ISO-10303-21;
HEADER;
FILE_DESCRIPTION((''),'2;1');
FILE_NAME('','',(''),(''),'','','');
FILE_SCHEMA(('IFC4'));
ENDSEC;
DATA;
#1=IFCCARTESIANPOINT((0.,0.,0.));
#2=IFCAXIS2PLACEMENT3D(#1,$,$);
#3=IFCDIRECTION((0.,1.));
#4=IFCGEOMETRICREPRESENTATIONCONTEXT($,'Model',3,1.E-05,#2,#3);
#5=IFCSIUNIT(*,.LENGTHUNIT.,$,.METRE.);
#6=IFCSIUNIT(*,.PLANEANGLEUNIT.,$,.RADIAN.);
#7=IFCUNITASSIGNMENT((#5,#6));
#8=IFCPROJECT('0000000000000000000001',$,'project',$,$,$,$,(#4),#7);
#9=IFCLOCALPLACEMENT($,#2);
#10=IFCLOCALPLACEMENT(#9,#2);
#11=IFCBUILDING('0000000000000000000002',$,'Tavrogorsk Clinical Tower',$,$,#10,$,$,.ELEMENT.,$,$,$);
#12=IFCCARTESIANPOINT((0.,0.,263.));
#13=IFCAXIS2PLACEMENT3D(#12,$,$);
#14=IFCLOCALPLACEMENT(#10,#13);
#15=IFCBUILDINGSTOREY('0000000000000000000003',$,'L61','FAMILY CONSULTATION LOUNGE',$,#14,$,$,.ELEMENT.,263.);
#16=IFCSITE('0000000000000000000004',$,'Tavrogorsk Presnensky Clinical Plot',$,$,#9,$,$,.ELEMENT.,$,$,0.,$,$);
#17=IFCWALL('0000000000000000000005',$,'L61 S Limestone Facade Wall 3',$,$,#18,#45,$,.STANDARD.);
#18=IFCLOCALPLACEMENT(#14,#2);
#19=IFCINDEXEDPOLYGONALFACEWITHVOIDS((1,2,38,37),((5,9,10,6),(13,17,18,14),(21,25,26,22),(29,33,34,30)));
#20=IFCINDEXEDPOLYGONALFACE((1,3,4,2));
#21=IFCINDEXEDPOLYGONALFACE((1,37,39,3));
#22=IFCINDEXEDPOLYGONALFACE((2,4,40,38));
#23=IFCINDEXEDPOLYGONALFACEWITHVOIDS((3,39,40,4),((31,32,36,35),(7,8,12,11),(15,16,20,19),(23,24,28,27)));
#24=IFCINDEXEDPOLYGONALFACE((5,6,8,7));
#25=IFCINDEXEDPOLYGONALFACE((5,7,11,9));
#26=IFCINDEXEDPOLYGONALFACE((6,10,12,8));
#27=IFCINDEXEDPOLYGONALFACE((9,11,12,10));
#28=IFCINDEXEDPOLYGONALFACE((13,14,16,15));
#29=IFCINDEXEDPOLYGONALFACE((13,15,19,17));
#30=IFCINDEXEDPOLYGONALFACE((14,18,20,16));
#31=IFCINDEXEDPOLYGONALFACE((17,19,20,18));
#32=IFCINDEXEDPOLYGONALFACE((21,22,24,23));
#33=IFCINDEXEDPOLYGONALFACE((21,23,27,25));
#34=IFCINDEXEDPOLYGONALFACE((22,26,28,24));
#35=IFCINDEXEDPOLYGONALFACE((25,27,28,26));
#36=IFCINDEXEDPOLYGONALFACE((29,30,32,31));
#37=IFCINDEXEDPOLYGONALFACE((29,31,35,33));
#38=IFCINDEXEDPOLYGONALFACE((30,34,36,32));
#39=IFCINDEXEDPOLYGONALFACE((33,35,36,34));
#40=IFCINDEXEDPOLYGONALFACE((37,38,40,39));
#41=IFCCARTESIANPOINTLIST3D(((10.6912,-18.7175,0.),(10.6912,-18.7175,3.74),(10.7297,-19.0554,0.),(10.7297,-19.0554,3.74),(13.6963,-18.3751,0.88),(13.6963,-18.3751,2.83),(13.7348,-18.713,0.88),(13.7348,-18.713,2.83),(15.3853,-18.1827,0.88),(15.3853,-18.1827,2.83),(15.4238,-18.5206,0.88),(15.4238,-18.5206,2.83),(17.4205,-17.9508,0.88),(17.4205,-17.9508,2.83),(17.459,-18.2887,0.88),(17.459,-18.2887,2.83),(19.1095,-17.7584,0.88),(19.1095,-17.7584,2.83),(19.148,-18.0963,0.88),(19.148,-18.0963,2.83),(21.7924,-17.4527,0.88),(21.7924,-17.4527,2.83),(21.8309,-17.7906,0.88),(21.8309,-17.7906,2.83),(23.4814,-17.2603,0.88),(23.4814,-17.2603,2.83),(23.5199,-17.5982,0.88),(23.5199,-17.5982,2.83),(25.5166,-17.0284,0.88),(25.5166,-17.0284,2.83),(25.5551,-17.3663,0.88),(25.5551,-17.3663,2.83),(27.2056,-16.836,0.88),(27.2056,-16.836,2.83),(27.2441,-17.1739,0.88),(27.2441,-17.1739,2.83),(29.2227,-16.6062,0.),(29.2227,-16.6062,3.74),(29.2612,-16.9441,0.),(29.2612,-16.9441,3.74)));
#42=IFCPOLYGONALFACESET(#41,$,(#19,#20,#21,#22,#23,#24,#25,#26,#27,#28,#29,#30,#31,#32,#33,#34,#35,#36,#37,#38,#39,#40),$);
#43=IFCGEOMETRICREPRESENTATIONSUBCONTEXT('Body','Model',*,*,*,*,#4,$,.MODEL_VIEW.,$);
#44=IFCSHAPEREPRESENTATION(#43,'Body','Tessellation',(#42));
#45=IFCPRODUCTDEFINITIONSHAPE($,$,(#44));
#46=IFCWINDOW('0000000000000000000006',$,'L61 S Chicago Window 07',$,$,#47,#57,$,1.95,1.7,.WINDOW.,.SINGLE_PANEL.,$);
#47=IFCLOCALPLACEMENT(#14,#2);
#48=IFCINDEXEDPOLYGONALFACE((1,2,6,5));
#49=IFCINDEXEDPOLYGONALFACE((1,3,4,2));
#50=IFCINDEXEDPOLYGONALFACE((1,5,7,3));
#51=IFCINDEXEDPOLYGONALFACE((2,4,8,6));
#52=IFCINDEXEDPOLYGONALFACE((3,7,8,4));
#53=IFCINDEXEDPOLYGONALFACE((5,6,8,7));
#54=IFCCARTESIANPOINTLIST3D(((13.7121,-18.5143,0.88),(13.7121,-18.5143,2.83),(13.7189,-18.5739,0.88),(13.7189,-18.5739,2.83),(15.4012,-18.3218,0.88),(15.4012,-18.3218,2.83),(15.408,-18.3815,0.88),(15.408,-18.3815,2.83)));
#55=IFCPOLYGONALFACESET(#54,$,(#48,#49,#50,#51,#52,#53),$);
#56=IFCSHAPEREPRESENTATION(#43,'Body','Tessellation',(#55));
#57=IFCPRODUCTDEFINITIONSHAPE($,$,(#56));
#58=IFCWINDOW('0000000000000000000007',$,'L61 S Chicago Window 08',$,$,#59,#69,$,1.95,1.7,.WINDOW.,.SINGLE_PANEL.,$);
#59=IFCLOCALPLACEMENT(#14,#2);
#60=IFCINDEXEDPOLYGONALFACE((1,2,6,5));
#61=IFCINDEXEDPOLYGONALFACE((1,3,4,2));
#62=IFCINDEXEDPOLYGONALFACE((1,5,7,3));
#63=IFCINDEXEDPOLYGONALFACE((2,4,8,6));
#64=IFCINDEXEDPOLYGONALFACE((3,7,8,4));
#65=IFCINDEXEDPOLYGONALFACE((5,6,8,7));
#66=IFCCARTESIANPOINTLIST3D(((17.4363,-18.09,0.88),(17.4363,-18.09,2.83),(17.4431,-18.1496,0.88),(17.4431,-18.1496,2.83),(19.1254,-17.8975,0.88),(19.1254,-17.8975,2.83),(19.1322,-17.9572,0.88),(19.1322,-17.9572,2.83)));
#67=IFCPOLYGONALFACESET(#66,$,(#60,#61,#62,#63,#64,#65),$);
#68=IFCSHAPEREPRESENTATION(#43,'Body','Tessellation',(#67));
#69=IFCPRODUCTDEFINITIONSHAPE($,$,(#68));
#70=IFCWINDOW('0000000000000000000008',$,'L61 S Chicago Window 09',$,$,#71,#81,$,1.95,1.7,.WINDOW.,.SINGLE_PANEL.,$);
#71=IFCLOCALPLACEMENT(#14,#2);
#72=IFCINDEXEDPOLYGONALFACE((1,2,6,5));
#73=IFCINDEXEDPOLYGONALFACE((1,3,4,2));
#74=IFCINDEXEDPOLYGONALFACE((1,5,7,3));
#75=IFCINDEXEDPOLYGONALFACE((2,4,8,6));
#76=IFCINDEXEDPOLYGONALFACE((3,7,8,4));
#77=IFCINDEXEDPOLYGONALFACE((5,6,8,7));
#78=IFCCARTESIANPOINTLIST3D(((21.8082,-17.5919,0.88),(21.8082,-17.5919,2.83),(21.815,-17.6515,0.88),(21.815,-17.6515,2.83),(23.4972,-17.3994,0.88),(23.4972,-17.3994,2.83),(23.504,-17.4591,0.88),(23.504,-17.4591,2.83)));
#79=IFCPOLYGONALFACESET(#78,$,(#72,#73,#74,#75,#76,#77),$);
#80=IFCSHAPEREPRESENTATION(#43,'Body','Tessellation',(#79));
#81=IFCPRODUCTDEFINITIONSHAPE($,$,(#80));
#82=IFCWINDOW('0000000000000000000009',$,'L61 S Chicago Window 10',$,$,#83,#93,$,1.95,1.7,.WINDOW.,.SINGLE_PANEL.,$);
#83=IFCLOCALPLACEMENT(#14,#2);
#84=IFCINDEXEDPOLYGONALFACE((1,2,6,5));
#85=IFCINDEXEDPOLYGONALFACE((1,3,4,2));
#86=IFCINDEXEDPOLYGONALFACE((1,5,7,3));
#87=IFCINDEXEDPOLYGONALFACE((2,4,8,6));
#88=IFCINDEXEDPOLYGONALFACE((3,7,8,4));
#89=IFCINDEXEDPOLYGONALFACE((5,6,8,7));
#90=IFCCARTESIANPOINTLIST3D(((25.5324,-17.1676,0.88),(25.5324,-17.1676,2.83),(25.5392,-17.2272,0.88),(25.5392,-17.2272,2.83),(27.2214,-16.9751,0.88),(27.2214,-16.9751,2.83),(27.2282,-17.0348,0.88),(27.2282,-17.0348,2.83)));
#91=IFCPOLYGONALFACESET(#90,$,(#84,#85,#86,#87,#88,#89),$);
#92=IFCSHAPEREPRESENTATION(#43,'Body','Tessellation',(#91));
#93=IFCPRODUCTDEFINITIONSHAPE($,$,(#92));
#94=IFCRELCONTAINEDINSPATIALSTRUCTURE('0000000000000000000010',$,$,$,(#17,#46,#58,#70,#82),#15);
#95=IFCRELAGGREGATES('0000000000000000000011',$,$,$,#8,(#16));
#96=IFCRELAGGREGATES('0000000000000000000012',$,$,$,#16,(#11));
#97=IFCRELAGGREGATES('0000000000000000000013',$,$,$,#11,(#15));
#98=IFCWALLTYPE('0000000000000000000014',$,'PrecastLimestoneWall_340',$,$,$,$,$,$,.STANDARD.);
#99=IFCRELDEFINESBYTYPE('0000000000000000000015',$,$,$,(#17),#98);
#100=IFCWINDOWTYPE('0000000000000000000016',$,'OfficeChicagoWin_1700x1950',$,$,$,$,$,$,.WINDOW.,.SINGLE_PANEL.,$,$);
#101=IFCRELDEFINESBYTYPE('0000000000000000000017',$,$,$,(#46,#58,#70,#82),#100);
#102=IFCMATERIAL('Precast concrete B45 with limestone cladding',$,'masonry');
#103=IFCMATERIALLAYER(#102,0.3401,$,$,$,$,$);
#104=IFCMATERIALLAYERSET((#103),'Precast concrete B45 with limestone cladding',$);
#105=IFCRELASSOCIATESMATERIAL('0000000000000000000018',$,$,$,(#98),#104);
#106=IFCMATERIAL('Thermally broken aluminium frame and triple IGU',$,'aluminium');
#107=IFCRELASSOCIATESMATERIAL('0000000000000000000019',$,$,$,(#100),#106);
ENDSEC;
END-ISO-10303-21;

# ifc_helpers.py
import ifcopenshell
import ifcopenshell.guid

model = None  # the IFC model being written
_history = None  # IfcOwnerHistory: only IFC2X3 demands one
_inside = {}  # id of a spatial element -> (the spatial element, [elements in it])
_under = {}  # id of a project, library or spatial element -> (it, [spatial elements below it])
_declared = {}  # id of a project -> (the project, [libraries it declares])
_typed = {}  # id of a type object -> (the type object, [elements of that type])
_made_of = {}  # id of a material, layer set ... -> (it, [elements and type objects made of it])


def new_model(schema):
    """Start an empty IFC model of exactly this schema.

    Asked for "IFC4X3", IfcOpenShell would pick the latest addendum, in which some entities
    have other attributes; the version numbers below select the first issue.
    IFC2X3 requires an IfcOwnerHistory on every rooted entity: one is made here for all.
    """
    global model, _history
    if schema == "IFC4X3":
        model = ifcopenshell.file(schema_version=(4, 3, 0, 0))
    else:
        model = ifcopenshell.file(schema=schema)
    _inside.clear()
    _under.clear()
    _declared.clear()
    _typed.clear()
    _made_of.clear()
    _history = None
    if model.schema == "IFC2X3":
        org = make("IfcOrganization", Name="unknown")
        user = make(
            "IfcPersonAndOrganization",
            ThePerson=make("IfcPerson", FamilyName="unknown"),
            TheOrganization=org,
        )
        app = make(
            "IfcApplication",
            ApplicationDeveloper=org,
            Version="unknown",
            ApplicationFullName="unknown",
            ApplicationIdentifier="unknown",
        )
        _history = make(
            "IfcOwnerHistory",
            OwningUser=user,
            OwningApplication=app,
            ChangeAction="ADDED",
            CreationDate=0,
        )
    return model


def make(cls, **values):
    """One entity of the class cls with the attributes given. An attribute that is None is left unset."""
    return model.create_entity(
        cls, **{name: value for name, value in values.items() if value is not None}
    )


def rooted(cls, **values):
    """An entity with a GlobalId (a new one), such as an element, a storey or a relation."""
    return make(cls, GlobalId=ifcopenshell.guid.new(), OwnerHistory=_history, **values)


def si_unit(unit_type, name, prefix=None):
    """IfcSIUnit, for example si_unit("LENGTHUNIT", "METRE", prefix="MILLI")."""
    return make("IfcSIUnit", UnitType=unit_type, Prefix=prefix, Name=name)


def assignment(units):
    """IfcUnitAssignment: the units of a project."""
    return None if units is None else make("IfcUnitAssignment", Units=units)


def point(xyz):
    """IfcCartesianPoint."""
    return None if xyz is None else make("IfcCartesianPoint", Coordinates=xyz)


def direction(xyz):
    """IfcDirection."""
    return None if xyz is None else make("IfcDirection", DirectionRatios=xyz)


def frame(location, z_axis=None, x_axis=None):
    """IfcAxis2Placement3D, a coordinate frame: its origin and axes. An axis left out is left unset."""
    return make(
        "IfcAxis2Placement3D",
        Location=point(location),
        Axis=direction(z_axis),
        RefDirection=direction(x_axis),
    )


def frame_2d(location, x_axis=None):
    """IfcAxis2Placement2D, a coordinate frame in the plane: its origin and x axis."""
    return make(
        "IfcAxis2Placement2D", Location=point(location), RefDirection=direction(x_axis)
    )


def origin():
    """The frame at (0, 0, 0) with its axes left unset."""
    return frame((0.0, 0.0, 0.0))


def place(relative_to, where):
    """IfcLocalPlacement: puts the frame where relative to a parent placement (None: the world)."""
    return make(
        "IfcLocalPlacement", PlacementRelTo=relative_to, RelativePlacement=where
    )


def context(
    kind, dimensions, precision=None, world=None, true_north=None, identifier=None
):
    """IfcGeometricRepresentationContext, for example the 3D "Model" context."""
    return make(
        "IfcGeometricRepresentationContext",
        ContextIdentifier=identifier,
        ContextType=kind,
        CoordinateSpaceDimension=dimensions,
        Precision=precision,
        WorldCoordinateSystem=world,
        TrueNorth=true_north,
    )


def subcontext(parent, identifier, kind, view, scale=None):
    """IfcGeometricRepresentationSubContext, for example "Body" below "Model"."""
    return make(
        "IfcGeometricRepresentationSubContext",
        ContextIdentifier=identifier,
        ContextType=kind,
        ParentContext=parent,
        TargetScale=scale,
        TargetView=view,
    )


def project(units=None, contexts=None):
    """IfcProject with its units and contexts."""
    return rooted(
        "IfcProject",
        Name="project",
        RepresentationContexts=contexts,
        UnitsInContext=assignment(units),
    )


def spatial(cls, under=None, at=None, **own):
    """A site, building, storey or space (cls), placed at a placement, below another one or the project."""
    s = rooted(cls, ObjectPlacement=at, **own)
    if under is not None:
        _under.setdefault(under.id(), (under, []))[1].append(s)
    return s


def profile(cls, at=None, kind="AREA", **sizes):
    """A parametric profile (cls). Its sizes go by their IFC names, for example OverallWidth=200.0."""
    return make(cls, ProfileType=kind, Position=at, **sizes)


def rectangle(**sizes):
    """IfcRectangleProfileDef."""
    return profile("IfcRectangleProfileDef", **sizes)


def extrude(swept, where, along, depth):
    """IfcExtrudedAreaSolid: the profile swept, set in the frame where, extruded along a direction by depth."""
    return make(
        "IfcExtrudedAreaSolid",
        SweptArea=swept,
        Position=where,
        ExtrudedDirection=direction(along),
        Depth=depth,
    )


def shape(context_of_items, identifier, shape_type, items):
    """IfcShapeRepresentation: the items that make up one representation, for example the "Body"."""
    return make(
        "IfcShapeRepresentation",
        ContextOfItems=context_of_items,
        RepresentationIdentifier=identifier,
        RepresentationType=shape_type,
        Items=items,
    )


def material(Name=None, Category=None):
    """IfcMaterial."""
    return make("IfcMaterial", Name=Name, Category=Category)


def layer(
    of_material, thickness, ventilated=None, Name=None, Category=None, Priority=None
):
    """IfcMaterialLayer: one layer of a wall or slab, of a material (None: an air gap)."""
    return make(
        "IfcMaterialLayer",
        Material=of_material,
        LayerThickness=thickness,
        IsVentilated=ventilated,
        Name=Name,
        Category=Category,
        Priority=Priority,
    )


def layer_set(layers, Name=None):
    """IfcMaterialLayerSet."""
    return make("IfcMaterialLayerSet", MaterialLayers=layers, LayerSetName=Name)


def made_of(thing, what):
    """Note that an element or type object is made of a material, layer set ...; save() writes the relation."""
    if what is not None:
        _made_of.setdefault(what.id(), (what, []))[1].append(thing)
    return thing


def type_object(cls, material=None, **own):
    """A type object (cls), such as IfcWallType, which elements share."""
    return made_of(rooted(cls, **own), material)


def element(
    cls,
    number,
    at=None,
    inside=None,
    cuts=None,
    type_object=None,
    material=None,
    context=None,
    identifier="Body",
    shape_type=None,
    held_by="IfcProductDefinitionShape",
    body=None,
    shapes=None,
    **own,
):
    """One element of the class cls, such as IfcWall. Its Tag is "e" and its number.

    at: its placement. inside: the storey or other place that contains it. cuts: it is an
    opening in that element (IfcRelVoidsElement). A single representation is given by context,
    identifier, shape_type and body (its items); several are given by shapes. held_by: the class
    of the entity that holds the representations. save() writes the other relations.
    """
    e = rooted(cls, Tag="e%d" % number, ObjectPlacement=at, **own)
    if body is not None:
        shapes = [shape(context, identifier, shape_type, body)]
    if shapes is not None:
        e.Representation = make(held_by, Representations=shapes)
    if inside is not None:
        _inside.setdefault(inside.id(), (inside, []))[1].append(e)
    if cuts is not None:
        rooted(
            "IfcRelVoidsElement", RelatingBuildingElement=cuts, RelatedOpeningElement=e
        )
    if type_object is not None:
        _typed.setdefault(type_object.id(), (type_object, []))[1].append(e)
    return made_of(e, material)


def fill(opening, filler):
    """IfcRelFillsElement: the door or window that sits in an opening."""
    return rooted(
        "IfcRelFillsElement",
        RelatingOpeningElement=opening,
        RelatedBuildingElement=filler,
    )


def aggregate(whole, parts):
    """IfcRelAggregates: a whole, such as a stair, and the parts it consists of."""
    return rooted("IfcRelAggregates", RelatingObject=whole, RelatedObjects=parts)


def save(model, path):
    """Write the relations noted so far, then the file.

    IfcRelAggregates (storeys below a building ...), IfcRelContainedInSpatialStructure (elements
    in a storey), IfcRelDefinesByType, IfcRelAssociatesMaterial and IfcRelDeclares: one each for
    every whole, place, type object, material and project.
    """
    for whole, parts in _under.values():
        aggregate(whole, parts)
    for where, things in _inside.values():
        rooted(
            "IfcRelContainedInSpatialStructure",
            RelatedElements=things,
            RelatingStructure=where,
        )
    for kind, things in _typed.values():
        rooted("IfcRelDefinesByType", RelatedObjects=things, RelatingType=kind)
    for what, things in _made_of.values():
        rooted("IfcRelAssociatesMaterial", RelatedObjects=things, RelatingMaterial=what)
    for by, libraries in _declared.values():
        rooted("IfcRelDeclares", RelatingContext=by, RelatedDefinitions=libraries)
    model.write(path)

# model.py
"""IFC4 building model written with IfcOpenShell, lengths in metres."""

from ifc_helpers import new_model, si_unit, direction, frame, frame_2d, origin, place, context, subcontext, project, spatial, rectangle, extrude, material, layer, layer_set, type_object, element, fill, save


model = new_model("IFC4")

# Units and contexts
model_context = context("Model", 3, precision=1e-05, world=origin(), true_north=direction((0.0, 1.0)))
body_context = subcontext(model_context, "Body", "Model", "MODEL_VIEW")
ifc_project = project(units=[si_unit("LENGTHUNIT", "METRE"), si_unit("PLANEANGLEUNIT", "RADIAN")], contexts=[model_context])

# Site, building, storey
site_placement = place(None, origin())
site = spatial("IfcSite", under=ifc_project, at=site_placement, Name="Tavrogorsk Presnensky Clinical Plot", CompositionType="ELEMENT", RefElevation=0.0)
building_placement = place(site_placement, origin())
building = spatial("IfcBuilding", under=site, at=building_placement, Name="Tavrogorsk Clinical Tower", CompositionType="ELEMENT")
storey_placement = place(building_placement, frame((0.0, 0.0, 263.0)))
storey = spatial("IfcBuildingStorey", under=building, at=storey_placement, Name="L61", Description="FAMILY CONSULTATION LOUNGE", CompositionType="ELEMENT", Elevation=263.0)

# Wall, openings, windows
ifc_material_1 = material(Name="Precast concrete B45 with limestone cladding", Category="masonry")
ifc_layer_1 = layer(ifc_material_1, 0.3401)
ifc_layer_set_1 = layer_set([ifc_layer_1], Name="Precast concrete B45 with limestone cladding")
wall_type_1 = type_object("IfcWallType", Name="PrecastLimestoneWall_340", PredefinedType="STANDARD", material=ifc_layer_set_1)
wall_1_placement = place(storey_placement, frame((10.7104, -18.8865, 0.0), z_axis=(0.0, 0.0, 1.0), x_axis=(0.993572, 0.1132, 0.0)))
wall_1 = element("IfcWall", 1, at=wall_1_placement, inside=storey, type_object=wall_type_1, Name="L61 S Limestone Facade Wall 3", PredefinedType="STANDARD", context=body_context, shape_type="SweptSolid", body=[
    extrude(rectangle(XDim=18.6514, YDim=0.3401, at=frame_2d((9.3257, 0.0))), origin(), (0.0, 0.0, 1.0), 3.74),
])
opening_1_placement = place(wall_1_placement, frame((3.0244, 0.0, 0.8799)))
opening_1 = element("IfcOpeningElement", 2, at=opening_1_placement, cuts=wall_1, PredefinedType="OPENING", context=body_context, shape_type="SweptSolid", body=[
    extrude(rectangle(XDim=1.7, YDim=1.95, at=frame_2d((0.8501, 0.9751))), frame((0.0, 0.1799, 0.0), z_axis=(0.0, -1.0, 0.0), x_axis=(1.0, 0.0, 0.0)), (0.0, 0.0, 1.0), 0.3601),
])
opening_2_placement = place(wall_1_placement, frame((6.7727, 0.0, 0.8799)))
opening_2 = element("IfcOpeningElement", 3, at=opening_2_placement, cuts=wall_1, PredefinedType="OPENING", context=body_context, shape_type="SweptSolid", body=[
    extrude(rectangle(XDim=1.7, YDim=1.95, at=frame_2d((0.8501, 0.9751))), frame((0.0, 0.1799, 0.0), z_axis=(0.0, -1.0, 0.0), x_axis=(1.0, 0.0, 0.0)), (0.0, 0.0, 1.0), 0.3601),
])
opening_3_placement = place(wall_1_placement, frame((11.1729, 0.0, 0.8799)))
opening_3 = element("IfcOpeningElement", 4, at=opening_3_placement, cuts=wall_1, PredefinedType="OPENING", context=body_context, shape_type="SweptSolid", body=[
    extrude(rectangle(XDim=1.7, YDim=1.95, at=frame_2d((0.8501, 0.9751))), frame((0.0, 0.1799, 0.0), z_axis=(0.0, -1.0, 0.0), x_axis=(1.0, 0.0, 0.0)), (0.0, 0.0, 1.0), 0.3601),
])
opening_4_placement = place(wall_1_placement, frame((14.9211, 0.0, 0.8799)))
opening_4 = element("IfcOpeningElement", 5, at=opening_4_placement, cuts=wall_1, PredefinedType="OPENING", context=body_context, shape_type="SweptSolid", body=[
    extrude(rectangle(XDim=1.7, YDim=1.95, at=frame_2d((0.8501, 0.9751))), frame((0.0, 0.1799, 0.0), z_axis=(0.0, -1.0, 0.0), x_axis=(1.0, 0.0, 0.0)), (0.0, 0.0, 1.0), 0.3601),
])
ifc_material_2 = material(Name="Thermally broken aluminium frame and triple IGU", Category="aluminium")
window_type = type_object("IfcWindowType", Name="OfficeChicagoWin_1700x1950", PartitioningType="SINGLE_PANEL", PredefinedType="WINDOW", material=ifc_material_2)
window_1_placement = place(opening_1_placement, origin())
window_1 = element("IfcWindow", 6, at=window_1_placement, inside=storey, type_object=window_type, Name="L61 S Chicago Window 07", OverallHeight=1.95, OverallWidth=1.7, PartitioningType="SINGLE_PANEL", PredefinedType="WINDOW", context=body_context, shape_type="SweptSolid", body=[
    extrude(rectangle(XDim=1.7, YDim=1.95, at=frame_2d((0.8501, 0.9751))), frame((0.0, 0.03, 0.0), z_axis=(0.0, -1.0, 0.0), x_axis=(1.0, 0.0, 0.0)), (0.0, 0.0, 1.0), 0.0601),
])
fill(opening_1, window_1)
window_2_placement = place(opening_2_placement, origin())
window_2 = element("IfcWindow", 7, at=window_2_placement, inside=storey, type_object=window_type, Name="L61 S Chicago Window 08", OverallHeight=1.95, OverallWidth=1.7, PartitioningType="SINGLE_PANEL", PredefinedType="WINDOW", context=body_context, shape_type="SweptSolid", body=[
    extrude(rectangle(XDim=1.7, YDim=1.95, at=frame_2d((0.8501, 0.9751))), frame((0.0, 0.03, 0.0), z_axis=(0.0, -1.0, 0.0), x_axis=(1.0, 0.0, 0.0)), (0.0, 0.0, 1.0), 0.0601),
])
fill(opening_2, window_2)
window_3_placement = place(opening_3_placement, origin())
window_3 = element("IfcWindow", 8, at=window_3_placement, inside=storey, type_object=window_type, Name="L61 S Chicago Window 09", OverallHeight=1.95, OverallWidth=1.7, PartitioningType="SINGLE_PANEL", PredefinedType="WINDOW", context=body_context, shape_type="SweptSolid", body=[
    extrude(rectangle(XDim=1.7, YDim=1.95, at=frame_2d((0.8501, 0.9751))), frame((0.0, 0.03, 0.0), z_axis=(0.0, -1.0, 0.0), x_axis=(1.0, 0.0, 0.0)), (0.0, 0.0, 1.0), 0.0601),
])
fill(opening_3, window_3)
window_4_placement = place(opening_4_placement, origin())
window_4 = element("IfcWindow", 9, at=window_4_placement, inside=storey, type_object=window_type, Name="L61 S Chicago Window 10", OverallHeight=1.95, OverallWidth=1.7, PartitioningType="SINGLE_PANEL", PredefinedType="WINDOW", context=body_context, shape_type="SweptSolid", body=[
    extrude(rectangle(XDim=1.7, YDim=1.95, at=frame_2d((0.8501, 0.9751))), frame((0.0, 0.03, 0.0), z_axis=(0.0, -1.0, 0.0), x_axis=(1.0, 0.0, 0.0)), (0.0, 0.0, 1.0), 0.0601),
])
fill(opening_4, window_4)

save(model, "model.ifc")
